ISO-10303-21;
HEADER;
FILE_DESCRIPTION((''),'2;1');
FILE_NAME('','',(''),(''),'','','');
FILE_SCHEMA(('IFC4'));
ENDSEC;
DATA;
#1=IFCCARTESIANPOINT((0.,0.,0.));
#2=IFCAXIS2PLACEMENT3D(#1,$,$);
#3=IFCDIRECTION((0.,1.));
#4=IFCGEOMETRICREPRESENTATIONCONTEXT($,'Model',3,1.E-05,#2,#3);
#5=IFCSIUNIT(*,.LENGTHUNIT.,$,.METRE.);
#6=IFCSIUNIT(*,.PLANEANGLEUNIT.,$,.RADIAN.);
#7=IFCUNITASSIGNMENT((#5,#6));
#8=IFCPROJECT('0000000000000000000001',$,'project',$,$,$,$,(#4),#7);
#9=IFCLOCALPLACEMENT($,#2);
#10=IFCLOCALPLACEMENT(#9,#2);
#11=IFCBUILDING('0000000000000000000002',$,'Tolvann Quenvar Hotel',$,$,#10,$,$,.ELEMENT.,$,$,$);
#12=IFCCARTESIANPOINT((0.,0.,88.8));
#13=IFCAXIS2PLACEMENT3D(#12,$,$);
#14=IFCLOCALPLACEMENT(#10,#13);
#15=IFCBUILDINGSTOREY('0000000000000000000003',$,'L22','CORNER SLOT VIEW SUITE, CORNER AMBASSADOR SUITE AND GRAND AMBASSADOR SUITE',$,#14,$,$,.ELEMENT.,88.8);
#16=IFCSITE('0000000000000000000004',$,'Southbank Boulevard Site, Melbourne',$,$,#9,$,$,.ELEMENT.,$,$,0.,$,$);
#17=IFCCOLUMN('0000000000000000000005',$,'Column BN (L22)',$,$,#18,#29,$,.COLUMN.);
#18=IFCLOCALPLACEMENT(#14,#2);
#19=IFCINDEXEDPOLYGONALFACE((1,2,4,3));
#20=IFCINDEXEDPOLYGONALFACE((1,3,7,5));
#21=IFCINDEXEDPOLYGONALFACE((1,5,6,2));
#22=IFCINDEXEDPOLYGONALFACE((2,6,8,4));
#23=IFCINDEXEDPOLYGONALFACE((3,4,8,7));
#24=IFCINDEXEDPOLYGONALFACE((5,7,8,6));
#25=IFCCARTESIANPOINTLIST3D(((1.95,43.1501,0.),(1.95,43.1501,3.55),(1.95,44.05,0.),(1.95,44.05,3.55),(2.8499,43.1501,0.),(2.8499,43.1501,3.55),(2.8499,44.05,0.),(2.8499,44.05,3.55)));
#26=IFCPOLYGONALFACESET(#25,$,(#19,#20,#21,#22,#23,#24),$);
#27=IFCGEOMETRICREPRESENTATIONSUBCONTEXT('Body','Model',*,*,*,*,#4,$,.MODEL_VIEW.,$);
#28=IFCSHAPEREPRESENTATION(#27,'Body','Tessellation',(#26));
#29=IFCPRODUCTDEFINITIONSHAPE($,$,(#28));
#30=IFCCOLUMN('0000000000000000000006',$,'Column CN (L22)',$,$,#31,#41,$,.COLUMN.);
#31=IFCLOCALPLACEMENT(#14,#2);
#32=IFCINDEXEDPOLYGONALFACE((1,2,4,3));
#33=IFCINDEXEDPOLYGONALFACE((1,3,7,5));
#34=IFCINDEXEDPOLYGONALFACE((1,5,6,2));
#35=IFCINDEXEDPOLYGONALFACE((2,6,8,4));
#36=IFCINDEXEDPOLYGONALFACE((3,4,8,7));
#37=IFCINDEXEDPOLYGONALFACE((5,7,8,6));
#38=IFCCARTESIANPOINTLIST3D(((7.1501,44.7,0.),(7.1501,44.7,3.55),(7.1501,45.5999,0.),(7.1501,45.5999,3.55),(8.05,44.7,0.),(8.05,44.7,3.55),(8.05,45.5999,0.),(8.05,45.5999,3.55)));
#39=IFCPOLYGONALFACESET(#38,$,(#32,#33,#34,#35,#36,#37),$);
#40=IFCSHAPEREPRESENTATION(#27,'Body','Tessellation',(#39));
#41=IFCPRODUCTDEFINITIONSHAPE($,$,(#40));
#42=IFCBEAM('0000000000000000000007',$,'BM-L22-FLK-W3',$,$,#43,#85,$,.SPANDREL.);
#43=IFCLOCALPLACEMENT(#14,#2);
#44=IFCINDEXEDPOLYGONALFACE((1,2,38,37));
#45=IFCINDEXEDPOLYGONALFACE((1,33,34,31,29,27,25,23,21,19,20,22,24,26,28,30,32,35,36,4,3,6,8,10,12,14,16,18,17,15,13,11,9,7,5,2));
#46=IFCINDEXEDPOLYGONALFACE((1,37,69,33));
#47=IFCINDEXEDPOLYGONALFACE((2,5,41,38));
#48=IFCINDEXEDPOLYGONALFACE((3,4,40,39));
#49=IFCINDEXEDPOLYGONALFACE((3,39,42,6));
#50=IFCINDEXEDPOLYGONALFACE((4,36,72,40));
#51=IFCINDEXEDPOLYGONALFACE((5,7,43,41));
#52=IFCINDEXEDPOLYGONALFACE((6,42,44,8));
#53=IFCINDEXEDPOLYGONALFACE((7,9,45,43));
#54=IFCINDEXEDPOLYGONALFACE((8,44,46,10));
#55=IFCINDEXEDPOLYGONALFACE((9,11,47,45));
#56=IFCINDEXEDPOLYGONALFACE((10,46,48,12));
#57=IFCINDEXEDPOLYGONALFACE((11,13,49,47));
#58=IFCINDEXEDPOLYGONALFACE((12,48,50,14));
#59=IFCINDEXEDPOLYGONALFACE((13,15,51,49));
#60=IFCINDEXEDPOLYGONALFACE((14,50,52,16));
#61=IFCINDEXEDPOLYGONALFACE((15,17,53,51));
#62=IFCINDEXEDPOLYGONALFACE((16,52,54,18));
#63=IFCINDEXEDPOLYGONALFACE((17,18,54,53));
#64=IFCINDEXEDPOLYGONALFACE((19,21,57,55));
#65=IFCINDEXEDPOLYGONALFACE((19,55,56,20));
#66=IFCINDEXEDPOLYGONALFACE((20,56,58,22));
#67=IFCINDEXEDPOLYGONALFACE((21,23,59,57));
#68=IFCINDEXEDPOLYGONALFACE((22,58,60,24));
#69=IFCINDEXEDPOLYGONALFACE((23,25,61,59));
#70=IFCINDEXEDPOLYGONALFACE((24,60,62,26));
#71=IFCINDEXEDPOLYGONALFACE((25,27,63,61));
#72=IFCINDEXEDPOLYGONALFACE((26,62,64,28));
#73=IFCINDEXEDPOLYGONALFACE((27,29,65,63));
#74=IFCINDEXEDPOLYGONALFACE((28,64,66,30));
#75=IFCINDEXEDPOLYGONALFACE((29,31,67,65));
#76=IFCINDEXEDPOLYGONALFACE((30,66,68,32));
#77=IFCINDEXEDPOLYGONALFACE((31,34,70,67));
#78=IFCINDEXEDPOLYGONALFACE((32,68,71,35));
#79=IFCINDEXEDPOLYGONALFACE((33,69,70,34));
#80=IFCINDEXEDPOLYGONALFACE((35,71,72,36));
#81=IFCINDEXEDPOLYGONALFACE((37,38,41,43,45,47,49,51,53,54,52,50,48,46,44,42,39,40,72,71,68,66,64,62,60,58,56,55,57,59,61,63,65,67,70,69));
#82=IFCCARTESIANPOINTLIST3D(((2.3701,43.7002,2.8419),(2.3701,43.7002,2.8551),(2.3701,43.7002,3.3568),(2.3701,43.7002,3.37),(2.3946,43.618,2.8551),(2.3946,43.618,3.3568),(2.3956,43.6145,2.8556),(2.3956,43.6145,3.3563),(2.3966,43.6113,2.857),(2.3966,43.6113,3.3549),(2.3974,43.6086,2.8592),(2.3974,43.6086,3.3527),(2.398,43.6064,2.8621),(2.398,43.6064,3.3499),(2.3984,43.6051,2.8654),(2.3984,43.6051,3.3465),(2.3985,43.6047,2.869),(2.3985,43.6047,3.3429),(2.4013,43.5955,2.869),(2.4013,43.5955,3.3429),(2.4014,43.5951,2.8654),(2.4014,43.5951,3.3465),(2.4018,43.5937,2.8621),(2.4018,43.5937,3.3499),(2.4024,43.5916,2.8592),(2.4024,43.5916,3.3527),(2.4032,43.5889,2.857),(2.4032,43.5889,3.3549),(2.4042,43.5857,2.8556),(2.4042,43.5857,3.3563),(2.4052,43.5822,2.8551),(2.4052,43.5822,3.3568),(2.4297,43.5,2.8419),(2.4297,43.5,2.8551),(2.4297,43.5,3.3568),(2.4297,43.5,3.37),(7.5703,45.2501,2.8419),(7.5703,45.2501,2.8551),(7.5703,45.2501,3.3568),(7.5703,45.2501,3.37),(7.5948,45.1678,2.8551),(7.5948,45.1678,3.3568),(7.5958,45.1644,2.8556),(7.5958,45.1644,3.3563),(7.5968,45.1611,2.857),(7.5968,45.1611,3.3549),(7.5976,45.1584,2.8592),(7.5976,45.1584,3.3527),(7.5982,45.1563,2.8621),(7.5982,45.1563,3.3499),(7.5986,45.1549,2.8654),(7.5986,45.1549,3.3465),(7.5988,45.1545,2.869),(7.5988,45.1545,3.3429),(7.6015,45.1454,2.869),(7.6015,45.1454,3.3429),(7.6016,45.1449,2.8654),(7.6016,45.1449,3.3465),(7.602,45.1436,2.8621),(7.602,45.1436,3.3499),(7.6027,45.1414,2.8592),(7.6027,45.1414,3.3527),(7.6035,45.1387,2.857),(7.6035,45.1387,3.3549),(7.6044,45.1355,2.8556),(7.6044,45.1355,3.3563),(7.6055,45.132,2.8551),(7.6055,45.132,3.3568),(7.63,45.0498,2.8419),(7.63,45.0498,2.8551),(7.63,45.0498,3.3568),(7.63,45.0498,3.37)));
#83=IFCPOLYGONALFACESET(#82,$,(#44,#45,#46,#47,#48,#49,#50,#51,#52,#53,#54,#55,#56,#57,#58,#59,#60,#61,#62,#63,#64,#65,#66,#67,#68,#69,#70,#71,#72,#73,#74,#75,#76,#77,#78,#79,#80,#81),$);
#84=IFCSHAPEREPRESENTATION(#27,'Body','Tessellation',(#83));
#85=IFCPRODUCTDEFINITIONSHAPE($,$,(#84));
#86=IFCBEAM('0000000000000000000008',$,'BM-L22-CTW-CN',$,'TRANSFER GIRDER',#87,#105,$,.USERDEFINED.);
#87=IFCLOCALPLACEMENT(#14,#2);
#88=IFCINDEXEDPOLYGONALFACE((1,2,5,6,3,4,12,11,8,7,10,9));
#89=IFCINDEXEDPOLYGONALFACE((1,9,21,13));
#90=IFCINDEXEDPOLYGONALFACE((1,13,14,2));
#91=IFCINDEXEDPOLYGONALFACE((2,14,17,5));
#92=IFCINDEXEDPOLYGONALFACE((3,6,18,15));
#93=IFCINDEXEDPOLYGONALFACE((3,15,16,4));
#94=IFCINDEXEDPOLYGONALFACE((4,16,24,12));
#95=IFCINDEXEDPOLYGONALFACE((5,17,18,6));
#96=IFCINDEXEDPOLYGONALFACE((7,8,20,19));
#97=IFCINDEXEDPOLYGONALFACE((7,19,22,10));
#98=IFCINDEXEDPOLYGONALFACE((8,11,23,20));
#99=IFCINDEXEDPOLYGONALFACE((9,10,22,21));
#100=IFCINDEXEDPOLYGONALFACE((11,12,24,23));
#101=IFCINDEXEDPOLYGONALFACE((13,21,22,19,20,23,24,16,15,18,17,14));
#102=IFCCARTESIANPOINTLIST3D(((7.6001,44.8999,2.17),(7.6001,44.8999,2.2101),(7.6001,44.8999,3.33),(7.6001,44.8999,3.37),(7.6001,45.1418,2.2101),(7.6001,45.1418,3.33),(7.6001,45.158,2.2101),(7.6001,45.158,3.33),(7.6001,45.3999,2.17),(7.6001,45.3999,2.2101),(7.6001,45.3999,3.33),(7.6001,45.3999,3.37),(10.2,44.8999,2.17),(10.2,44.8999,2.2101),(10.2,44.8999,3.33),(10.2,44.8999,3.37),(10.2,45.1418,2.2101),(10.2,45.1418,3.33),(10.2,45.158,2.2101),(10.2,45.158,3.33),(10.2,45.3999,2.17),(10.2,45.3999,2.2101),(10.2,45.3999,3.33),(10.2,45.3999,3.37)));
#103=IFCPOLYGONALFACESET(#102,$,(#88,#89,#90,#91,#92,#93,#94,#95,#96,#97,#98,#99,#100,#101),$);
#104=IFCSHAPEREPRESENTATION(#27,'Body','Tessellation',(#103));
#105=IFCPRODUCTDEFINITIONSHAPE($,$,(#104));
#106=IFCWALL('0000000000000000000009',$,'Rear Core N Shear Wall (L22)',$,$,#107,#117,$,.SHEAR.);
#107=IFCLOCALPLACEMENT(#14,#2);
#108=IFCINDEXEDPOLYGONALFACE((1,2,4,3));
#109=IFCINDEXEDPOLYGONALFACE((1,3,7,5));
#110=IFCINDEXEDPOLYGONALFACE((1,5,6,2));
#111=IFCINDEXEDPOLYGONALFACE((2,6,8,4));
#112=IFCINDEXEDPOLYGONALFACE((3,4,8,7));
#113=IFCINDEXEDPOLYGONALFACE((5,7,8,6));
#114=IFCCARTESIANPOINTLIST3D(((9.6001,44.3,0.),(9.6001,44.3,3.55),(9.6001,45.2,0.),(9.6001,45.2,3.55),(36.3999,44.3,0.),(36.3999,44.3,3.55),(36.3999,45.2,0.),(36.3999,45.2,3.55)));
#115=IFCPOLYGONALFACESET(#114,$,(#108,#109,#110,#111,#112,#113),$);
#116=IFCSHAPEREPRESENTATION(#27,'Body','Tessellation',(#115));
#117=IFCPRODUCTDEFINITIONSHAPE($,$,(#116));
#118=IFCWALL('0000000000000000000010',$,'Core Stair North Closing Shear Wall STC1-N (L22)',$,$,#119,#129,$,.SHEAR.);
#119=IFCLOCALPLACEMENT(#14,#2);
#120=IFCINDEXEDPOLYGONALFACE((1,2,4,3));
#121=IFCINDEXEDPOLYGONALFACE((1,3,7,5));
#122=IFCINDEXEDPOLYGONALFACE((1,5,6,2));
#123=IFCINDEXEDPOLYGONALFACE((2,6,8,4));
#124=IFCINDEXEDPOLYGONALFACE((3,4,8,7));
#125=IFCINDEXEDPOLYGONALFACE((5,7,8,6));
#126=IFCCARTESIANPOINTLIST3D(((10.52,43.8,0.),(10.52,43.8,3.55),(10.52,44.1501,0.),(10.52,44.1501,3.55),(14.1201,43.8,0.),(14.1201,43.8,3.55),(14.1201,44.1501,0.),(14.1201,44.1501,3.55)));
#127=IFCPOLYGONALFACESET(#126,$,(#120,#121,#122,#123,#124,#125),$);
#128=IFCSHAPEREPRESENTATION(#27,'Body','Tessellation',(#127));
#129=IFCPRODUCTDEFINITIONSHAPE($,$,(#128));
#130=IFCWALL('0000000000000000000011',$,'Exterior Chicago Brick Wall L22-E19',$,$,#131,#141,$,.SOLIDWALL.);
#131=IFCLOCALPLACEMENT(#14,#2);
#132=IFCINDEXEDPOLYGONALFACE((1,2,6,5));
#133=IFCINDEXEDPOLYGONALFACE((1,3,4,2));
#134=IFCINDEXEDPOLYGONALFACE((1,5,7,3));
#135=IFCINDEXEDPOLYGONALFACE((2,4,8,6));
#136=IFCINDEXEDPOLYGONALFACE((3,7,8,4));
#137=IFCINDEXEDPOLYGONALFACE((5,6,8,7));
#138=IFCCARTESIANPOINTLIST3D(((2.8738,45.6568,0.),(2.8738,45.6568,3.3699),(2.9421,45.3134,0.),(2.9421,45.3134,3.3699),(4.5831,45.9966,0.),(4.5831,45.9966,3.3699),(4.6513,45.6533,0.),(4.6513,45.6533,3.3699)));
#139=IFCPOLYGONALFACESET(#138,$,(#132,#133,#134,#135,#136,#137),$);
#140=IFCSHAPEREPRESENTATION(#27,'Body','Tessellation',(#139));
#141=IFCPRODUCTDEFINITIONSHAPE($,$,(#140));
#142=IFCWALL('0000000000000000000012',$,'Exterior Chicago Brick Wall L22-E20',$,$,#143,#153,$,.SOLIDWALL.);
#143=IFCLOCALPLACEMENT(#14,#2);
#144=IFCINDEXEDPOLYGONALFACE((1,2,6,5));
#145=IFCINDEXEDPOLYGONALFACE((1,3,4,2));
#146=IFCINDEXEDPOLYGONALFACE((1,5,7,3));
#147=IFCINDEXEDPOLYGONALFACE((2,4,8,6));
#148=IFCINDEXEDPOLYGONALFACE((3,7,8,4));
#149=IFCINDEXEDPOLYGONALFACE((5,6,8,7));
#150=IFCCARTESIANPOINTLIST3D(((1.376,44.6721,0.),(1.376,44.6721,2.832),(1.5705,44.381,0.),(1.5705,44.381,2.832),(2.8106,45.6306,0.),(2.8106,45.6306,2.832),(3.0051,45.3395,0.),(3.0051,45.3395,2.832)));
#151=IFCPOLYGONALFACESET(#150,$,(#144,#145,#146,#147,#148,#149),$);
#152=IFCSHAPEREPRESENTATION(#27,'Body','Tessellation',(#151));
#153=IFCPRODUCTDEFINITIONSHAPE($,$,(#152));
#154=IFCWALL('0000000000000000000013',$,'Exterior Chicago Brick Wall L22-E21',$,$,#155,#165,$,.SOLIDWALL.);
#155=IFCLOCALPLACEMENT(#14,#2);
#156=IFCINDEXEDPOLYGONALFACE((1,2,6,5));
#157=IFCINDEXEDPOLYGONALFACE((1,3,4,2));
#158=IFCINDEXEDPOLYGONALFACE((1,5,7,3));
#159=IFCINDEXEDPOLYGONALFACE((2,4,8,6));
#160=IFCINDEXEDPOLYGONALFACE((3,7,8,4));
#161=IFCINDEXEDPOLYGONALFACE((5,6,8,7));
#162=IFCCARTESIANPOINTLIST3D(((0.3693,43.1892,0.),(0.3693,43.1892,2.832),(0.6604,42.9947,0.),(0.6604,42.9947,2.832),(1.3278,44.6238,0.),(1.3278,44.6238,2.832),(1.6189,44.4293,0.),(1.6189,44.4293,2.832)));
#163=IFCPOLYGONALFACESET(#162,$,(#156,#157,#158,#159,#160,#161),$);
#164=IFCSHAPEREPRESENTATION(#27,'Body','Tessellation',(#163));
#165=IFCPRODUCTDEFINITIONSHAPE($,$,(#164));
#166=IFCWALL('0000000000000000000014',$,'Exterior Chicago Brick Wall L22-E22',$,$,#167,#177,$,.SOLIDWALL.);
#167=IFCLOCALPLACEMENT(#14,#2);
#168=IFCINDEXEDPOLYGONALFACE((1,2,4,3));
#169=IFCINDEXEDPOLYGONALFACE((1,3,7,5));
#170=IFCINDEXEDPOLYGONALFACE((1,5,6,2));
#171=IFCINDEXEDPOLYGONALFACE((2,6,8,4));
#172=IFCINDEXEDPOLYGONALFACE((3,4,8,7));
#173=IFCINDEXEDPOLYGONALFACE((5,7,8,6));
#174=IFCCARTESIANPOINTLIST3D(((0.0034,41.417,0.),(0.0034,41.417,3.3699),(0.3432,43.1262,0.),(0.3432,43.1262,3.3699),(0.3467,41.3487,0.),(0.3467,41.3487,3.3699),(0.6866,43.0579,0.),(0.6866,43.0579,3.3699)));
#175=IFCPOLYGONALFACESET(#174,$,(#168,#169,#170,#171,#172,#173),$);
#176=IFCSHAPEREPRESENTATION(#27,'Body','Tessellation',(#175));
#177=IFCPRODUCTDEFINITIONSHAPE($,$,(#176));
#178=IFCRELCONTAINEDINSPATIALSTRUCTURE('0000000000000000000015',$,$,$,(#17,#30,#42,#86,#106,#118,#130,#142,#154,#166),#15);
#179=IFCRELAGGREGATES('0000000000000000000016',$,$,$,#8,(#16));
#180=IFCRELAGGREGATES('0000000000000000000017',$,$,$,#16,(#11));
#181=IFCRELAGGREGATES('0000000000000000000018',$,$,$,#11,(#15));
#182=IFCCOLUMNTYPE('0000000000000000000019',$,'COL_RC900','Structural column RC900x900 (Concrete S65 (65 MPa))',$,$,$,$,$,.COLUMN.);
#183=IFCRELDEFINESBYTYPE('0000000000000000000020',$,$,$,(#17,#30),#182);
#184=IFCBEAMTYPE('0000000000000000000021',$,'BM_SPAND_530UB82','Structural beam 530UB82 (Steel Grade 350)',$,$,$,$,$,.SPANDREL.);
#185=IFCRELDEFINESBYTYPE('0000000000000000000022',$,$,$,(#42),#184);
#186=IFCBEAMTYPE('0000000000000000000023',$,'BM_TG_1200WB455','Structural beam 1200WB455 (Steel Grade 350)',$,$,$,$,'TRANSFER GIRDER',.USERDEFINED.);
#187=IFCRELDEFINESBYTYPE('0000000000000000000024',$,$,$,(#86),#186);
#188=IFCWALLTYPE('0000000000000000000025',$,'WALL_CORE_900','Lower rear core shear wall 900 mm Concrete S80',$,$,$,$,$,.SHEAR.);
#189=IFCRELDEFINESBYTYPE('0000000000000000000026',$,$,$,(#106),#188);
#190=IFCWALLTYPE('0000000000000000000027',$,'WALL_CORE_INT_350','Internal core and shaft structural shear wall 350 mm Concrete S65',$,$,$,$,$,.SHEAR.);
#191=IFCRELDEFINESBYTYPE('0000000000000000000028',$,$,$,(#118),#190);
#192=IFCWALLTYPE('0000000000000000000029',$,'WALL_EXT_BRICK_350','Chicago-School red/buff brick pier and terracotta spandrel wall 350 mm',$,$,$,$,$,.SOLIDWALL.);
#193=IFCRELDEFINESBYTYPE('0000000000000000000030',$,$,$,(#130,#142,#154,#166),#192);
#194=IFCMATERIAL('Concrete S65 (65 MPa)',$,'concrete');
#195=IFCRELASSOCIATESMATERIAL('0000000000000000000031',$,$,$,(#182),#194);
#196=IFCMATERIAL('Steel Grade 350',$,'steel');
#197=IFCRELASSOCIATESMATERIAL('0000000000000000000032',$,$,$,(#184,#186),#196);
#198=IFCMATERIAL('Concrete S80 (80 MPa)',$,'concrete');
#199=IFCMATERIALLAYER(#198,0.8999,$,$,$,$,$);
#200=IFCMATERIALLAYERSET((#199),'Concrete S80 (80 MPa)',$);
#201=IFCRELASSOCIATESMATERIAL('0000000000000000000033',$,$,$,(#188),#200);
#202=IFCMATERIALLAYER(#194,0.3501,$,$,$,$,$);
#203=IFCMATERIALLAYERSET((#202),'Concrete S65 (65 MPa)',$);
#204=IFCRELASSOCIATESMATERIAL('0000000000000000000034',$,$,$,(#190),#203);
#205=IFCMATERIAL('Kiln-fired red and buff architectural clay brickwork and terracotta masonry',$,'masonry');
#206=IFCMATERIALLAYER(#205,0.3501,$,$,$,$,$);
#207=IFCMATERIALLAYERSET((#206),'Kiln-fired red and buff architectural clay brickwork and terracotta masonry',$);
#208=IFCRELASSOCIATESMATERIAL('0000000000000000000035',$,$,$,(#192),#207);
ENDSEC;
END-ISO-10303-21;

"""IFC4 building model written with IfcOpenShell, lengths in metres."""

from ifc_helpers import new_model, si_unit, direction, frame, frame_2d, origin, origin_2d, place, context, subcontext, project, spatial, rectangle, i_section, extrude, source, transform, mapped, material, layer, layer_set, material_profile, profile_set, type_object, type_shapes, element, save


model = new_model("IFC4")

# Units and contexts
model_context = context("Model", 3, precision=1e-05, world=origin(), true_north=direction((0.0, 1.0)))
body_context = subcontext(model_context, "Body", "Model", "MODEL_VIEW")
ifc_project = project(units=[si_unit("LENGTHUNIT", "METRE"), si_unit("PLANEANGLEUNIT", "RADIAN")], contexts=[model_context])

# Site, building, storey
site_placement = place(None, origin())
site = spatial("IfcSite", under=ifc_project, at=site_placement, Name="Southbank Boulevard Site, Melbourne", CompositionType="ELEMENT", RefElevation=0.0)
building_placement = place(site_placement, origin())
building = spatial("IfcBuilding", under=site, at=building_placement, Name="Tolvann Quenvar Hotel", CompositionType="ELEMENT")
storey_placement = place(building_placement, frame((0.0, 0.0, 88.8)))
storey = spatial("IfcBuildingStorey", under=building, at=storey_placement, Name="L22", Description="CORNER SLOT VIEW SUITE, CORNER AMBASSADOR SUITE AND GRAND AMBASSADOR SUITE", CompositionType="ELEMENT", Elevation=88.8)

# Columns
ifc_material_1 = material(Name="Concrete S65 (65 MPa)", Category="concrete")
ifc_material_profile_1 = material_profile(ifc_material_1, rectangle(XDim=0.8999, YDim=0.8999, at=origin_2d()), Name="RC900x900")
ifc_profile_set_1 = profile_set([ifc_material_profile_1], Name="Concrete S65 (65 MPa)")
column_type = type_object("IfcColumnType", Name="COL_RC900", Description="Structural column RC900x900 (Concrete S65 (65 MPa))", PredefinedType="COLUMN", material=ifc_profile_set_1)
shared_shape_1 = source(origin(), body_context, "Body", "SweptSolid", [
    extrude(rectangle(XDim=0.8999, YDim=0.8999, at=origin_2d()), origin(), (0.0, 0.0, 1.0), 3.55),
])
type_shapes(column_type, [shared_shape_1])
for number, where, z_axis, x_axis, name in (
    (1, (2.3999, 43.6001, 0.0), (0.0, 0.0, 1.0), (1.0, 0.0, 0.0), "Column BN (L22)"),
    (2, (7.6001, 45.1499, 0.0), (0.0, 0.0, 1.0), (1.0, 0.0, 0.0), "Column CN (L22)"),
):
    element("IfcColumn", number, at=place(storey_placement, frame(where, z_axis=z_axis, x_axis=x_axis)), inside=storey, type_object=column_type, Name=name, PredefinedType="COLUMN", context=body_context, shape_type="MappedRepresentation", body=[
        mapped(shared_shape_1, transform((0.0, 0.0, 0.0), x_axis=(1.0, 0.0, 0.0), y_axis=(0.0, 1.0, 0.0), z_axis=(0.0, 0.0, 1.0), scale=1.0)),
    ])

# Beams
ifc_material_2 = material(Name="Steel Grade 350", Category="steel")
ifc_material_profile_2 = material_profile(ifc_material_2, i_section(OverallWidth=0.209, OverallDepth=0.5281, WebThickness=0.0095, FlangeThickness=0.0132, FilletRadius=0.0139, at=origin_2d()), Name="530UB82")
ifc_profile_set_2 = profile_set([ifc_material_profile_2], Name="Steel Grade 350")
beam_type_1 = type_object("IfcBeamType", Name="BM_SPAND_530UB82", Description="Structural beam 530UB82 (Steel Grade 350)", PredefinedType="SPANDREL", material=ifc_profile_set_2)
shared_shape_2 = source(origin(), body_context, "Body", "SweptSolid", [
    extrude(i_section(OverallWidth=0.209, OverallDepth=0.5281, WebThickness=0.0095, FlangeThickness=0.0132, FilletRadius=0.0139, at=origin_2d()), origin(), (0.0, 0.0, 1.0), 5.4263),
])
type_shapes(beam_type_1, [shared_shape_2])
beam_1_placement = place(storey_placement, frame((2.3999, 43.6001, 3.106), z_axis=(0.958345, 0.285614, 0.0), x_axis=(-0.285614, 0.958345, 0.0)))
element("IfcBeam", 3, at=beam_1_placement, inside=storey, type_object=beam_type_1, Name="BM-L22-FLK-W3", PredefinedType="SPANDREL", context=body_context, shape_type="MappedRepresentation", body=[
    mapped(shared_shape_2, transform((0.0, 0.0, 0.0), x_axis=(1.0, 0.0, 0.0), y_axis=(0.0, 1.0, 0.0), z_axis=(0.0, 0.0, 1.0), scale=1.0)),
])
ifc_material_profile_3 = material_profile(ifc_material_2, i_section(OverallWidth=0.5, OverallDepth=1.2, WebThickness=0.0161, FlangeThickness=0.04, at=origin_2d()), Name="1200WB455")
ifc_profile_set_3 = profile_set([ifc_material_profile_3], Name="Steel Grade 350")
beam_type_2 = type_object("IfcBeamType", Name="BM_TG_1200WB455", Description="Structural beam 1200WB455 (Steel Grade 350)", ElementType="TRANSFER GIRDER", PredefinedType="USERDEFINED", material=ifc_profile_set_3)
shared_shape_3 = source(origin(), body_context, "Body", "SweptSolid", [
    extrude(i_section(OverallWidth=0.5, OverallDepth=1.2, WebThickness=0.0161, FlangeThickness=0.04, at=origin_2d()), origin(), (0.0, 0.0, 1.0), 2.5999),
])
type_shapes(beam_type_2, [shared_shape_3])
beam_2_placement = place(storey_placement, frame((7.6001, 45.1499, 2.77), z_axis=(1.0, 0.0, 0.0), x_axis=(0.0, 1.0, 0.0)))
element("IfcBeam", 4, at=beam_2_placement, inside=storey, type_object=beam_type_2, Name="BM-L22-CTW-CN", ObjectType="TRANSFER GIRDER", PredefinedType="USERDEFINED", context=body_context, shape_type="MappedRepresentation", body=[
    mapped(shared_shape_3, transform((0.0, 0.0, 0.0), x_axis=(1.0, 0.0, 0.0), y_axis=(0.0, 1.0, 0.0), z_axis=(0.0, 0.0, 1.0), scale=1.0)),
])

# Walls
ifc_material_3 = material(Name="Concrete S80 (80 MPa)", Category="concrete")
ifc_layer_1 = layer(ifc_material_3, 0.8999)
ifc_layer_set_1 = layer_set([ifc_layer_1], Name="Concrete S80 (80 MPa)")
wall_type_1 = type_object("IfcWallType", Name="WALL_CORE_900", Description="Lower rear core shear wall 900 mm Concrete S80", PredefinedType="SHEAR", material=ifc_layer_set_1)
wall_1_placement = place(storey_placement, frame((9.6001, 44.75, 0.0), z_axis=(0.0, 0.0, 1.0), x_axis=(1.0, 0.0, 0.0)))
element("IfcWall", 5, at=wall_1_placement, inside=storey, type_object=wall_type_1, Name="Rear Core N Shear Wall (L22)", PredefinedType="SHEAR", context=body_context, shape_type="SweptSolid", body=[
    extrude(rectangle(XDim=26.7998, YDim=0.8999, at=frame_2d((13.3999, 0.0))), origin(), (0.0, 0.0, 1.0), 3.55),
])
ifc_layer_2 = layer(ifc_material_1, 0.3501)
ifc_layer_set_2 = layer_set([ifc_layer_2], Name="Concrete S65 (65 MPa)")
wall_type_2 = type_object("IfcWallType", Name="WALL_CORE_INT_350", Description="Internal core and shaft structural shear wall 350 mm Concrete S65", PredefinedType="SHEAR", material=ifc_layer_set_2)
wall_2_placement = place(storey_placement, frame((10.52, 43.9751, 0.0), z_axis=(0.0, 0.0, 1.0), x_axis=(1.0, 0.0, 0.0)))
element("IfcWall", 6, at=wall_2_placement, inside=storey, type_object=wall_type_2, Name="Core Stair North Closing Shear Wall STC1-N (L22)", PredefinedType="SHEAR", context=body_context, shape_type="SweptSolid", body=[
    extrude(rectangle(XDim=3.6001, YDim=0.3501, at=frame_2d((1.8, 0.0))), origin(), (0.0, 0.0, 1.0), 3.55),
])
ifc_material_4 = material(Name="Kiln-fired red and buff architectural clay brickwork and terracotta masonry", Category="masonry")
ifc_layer_3 = layer(ifc_material_4, 0.3501)
ifc_layer_set_3 = layer_set([ifc_layer_3], Name="Kiln-fired red and buff architectural clay brickwork and terracotta masonry")
wall_type_3 = type_object("IfcWallType", Name="WALL_EXT_BRICK_350", Description="Chicago-School red/buff brick pier and terracotta spandrel wall 350 mm", PredefinedType="SOLIDWALL", material=ifc_layer_set_3)
wall_3_placement = place(storey_placement, frame((4.6172, 45.825, 0.0), z_axis=(0.0, 0.0, 1.0), x_axis=(-0.980801, -0.195011, 0.0)))
element("IfcWall", 7, at=wall_3_placement, inside=storey, type_object=wall_type_3, Name="Exterior Chicago Brick Wall L22-E19", PredefinedType="SOLIDWALL", context=body_context, shape_type="SweptSolid", body=[
    extrude(rectangle(XDim=1.7427, YDim=0.3501, at=frame_2d((0.8713, 0.0))), origin(), (0.0, 0.0, 1.0), 3.3699),
])
for number, where, z_axis, x_axis, name in (
    (8, (2.908, 45.4851, 0.0), (0.0, 0.0, 1.0), (-0.831484, -0.555549, 0.0), "Exterior Chicago Brick Wall L22-E20"),
    (9, (1.4734, 44.5266, 0.0), (0.0, 0.0, 1.0), (-0.555549, -0.831484, 0.0), "Exterior Chicago Brick Wall L22-E21"),
):
    element("IfcWall", number, at=place(storey_placement, frame(where, z_axis=z_axis, x_axis=x_axis)), inside=storey, type_object=wall_type_3, Name=name, PredefinedType="SOLIDWALL", context=body_context, shape_type="SweptSolid", body=[
        extrude(rectangle(XDim=1.7253, YDim=0.3501, at=frame_2d((0.8628, 0.0))), origin(), (0.0, 0.0, 1.0), 2.832),
    ])
wall_4_placement = place(storey_placement, frame((0.5149, 43.092, 0.0), z_axis=(0.0, 0.0, 1.0), x_axis=(-0.195011, -0.980801, 0.0)))
element("IfcWall", 10, at=wall_4_placement, inside=storey, type_object=wall_type_3, Name="Exterior Chicago Brick Wall L22-E22", PredefinedType="SOLIDWALL", context=body_context, shape_type="SweptSolid", body=[
    extrude(rectangle(XDim=1.7427, YDim=0.3501, at=frame_2d((0.8713, 0.0))), origin(), (0.0, 0.0, 1.0), 3.3699),
])

save(model, "model.ifc")
